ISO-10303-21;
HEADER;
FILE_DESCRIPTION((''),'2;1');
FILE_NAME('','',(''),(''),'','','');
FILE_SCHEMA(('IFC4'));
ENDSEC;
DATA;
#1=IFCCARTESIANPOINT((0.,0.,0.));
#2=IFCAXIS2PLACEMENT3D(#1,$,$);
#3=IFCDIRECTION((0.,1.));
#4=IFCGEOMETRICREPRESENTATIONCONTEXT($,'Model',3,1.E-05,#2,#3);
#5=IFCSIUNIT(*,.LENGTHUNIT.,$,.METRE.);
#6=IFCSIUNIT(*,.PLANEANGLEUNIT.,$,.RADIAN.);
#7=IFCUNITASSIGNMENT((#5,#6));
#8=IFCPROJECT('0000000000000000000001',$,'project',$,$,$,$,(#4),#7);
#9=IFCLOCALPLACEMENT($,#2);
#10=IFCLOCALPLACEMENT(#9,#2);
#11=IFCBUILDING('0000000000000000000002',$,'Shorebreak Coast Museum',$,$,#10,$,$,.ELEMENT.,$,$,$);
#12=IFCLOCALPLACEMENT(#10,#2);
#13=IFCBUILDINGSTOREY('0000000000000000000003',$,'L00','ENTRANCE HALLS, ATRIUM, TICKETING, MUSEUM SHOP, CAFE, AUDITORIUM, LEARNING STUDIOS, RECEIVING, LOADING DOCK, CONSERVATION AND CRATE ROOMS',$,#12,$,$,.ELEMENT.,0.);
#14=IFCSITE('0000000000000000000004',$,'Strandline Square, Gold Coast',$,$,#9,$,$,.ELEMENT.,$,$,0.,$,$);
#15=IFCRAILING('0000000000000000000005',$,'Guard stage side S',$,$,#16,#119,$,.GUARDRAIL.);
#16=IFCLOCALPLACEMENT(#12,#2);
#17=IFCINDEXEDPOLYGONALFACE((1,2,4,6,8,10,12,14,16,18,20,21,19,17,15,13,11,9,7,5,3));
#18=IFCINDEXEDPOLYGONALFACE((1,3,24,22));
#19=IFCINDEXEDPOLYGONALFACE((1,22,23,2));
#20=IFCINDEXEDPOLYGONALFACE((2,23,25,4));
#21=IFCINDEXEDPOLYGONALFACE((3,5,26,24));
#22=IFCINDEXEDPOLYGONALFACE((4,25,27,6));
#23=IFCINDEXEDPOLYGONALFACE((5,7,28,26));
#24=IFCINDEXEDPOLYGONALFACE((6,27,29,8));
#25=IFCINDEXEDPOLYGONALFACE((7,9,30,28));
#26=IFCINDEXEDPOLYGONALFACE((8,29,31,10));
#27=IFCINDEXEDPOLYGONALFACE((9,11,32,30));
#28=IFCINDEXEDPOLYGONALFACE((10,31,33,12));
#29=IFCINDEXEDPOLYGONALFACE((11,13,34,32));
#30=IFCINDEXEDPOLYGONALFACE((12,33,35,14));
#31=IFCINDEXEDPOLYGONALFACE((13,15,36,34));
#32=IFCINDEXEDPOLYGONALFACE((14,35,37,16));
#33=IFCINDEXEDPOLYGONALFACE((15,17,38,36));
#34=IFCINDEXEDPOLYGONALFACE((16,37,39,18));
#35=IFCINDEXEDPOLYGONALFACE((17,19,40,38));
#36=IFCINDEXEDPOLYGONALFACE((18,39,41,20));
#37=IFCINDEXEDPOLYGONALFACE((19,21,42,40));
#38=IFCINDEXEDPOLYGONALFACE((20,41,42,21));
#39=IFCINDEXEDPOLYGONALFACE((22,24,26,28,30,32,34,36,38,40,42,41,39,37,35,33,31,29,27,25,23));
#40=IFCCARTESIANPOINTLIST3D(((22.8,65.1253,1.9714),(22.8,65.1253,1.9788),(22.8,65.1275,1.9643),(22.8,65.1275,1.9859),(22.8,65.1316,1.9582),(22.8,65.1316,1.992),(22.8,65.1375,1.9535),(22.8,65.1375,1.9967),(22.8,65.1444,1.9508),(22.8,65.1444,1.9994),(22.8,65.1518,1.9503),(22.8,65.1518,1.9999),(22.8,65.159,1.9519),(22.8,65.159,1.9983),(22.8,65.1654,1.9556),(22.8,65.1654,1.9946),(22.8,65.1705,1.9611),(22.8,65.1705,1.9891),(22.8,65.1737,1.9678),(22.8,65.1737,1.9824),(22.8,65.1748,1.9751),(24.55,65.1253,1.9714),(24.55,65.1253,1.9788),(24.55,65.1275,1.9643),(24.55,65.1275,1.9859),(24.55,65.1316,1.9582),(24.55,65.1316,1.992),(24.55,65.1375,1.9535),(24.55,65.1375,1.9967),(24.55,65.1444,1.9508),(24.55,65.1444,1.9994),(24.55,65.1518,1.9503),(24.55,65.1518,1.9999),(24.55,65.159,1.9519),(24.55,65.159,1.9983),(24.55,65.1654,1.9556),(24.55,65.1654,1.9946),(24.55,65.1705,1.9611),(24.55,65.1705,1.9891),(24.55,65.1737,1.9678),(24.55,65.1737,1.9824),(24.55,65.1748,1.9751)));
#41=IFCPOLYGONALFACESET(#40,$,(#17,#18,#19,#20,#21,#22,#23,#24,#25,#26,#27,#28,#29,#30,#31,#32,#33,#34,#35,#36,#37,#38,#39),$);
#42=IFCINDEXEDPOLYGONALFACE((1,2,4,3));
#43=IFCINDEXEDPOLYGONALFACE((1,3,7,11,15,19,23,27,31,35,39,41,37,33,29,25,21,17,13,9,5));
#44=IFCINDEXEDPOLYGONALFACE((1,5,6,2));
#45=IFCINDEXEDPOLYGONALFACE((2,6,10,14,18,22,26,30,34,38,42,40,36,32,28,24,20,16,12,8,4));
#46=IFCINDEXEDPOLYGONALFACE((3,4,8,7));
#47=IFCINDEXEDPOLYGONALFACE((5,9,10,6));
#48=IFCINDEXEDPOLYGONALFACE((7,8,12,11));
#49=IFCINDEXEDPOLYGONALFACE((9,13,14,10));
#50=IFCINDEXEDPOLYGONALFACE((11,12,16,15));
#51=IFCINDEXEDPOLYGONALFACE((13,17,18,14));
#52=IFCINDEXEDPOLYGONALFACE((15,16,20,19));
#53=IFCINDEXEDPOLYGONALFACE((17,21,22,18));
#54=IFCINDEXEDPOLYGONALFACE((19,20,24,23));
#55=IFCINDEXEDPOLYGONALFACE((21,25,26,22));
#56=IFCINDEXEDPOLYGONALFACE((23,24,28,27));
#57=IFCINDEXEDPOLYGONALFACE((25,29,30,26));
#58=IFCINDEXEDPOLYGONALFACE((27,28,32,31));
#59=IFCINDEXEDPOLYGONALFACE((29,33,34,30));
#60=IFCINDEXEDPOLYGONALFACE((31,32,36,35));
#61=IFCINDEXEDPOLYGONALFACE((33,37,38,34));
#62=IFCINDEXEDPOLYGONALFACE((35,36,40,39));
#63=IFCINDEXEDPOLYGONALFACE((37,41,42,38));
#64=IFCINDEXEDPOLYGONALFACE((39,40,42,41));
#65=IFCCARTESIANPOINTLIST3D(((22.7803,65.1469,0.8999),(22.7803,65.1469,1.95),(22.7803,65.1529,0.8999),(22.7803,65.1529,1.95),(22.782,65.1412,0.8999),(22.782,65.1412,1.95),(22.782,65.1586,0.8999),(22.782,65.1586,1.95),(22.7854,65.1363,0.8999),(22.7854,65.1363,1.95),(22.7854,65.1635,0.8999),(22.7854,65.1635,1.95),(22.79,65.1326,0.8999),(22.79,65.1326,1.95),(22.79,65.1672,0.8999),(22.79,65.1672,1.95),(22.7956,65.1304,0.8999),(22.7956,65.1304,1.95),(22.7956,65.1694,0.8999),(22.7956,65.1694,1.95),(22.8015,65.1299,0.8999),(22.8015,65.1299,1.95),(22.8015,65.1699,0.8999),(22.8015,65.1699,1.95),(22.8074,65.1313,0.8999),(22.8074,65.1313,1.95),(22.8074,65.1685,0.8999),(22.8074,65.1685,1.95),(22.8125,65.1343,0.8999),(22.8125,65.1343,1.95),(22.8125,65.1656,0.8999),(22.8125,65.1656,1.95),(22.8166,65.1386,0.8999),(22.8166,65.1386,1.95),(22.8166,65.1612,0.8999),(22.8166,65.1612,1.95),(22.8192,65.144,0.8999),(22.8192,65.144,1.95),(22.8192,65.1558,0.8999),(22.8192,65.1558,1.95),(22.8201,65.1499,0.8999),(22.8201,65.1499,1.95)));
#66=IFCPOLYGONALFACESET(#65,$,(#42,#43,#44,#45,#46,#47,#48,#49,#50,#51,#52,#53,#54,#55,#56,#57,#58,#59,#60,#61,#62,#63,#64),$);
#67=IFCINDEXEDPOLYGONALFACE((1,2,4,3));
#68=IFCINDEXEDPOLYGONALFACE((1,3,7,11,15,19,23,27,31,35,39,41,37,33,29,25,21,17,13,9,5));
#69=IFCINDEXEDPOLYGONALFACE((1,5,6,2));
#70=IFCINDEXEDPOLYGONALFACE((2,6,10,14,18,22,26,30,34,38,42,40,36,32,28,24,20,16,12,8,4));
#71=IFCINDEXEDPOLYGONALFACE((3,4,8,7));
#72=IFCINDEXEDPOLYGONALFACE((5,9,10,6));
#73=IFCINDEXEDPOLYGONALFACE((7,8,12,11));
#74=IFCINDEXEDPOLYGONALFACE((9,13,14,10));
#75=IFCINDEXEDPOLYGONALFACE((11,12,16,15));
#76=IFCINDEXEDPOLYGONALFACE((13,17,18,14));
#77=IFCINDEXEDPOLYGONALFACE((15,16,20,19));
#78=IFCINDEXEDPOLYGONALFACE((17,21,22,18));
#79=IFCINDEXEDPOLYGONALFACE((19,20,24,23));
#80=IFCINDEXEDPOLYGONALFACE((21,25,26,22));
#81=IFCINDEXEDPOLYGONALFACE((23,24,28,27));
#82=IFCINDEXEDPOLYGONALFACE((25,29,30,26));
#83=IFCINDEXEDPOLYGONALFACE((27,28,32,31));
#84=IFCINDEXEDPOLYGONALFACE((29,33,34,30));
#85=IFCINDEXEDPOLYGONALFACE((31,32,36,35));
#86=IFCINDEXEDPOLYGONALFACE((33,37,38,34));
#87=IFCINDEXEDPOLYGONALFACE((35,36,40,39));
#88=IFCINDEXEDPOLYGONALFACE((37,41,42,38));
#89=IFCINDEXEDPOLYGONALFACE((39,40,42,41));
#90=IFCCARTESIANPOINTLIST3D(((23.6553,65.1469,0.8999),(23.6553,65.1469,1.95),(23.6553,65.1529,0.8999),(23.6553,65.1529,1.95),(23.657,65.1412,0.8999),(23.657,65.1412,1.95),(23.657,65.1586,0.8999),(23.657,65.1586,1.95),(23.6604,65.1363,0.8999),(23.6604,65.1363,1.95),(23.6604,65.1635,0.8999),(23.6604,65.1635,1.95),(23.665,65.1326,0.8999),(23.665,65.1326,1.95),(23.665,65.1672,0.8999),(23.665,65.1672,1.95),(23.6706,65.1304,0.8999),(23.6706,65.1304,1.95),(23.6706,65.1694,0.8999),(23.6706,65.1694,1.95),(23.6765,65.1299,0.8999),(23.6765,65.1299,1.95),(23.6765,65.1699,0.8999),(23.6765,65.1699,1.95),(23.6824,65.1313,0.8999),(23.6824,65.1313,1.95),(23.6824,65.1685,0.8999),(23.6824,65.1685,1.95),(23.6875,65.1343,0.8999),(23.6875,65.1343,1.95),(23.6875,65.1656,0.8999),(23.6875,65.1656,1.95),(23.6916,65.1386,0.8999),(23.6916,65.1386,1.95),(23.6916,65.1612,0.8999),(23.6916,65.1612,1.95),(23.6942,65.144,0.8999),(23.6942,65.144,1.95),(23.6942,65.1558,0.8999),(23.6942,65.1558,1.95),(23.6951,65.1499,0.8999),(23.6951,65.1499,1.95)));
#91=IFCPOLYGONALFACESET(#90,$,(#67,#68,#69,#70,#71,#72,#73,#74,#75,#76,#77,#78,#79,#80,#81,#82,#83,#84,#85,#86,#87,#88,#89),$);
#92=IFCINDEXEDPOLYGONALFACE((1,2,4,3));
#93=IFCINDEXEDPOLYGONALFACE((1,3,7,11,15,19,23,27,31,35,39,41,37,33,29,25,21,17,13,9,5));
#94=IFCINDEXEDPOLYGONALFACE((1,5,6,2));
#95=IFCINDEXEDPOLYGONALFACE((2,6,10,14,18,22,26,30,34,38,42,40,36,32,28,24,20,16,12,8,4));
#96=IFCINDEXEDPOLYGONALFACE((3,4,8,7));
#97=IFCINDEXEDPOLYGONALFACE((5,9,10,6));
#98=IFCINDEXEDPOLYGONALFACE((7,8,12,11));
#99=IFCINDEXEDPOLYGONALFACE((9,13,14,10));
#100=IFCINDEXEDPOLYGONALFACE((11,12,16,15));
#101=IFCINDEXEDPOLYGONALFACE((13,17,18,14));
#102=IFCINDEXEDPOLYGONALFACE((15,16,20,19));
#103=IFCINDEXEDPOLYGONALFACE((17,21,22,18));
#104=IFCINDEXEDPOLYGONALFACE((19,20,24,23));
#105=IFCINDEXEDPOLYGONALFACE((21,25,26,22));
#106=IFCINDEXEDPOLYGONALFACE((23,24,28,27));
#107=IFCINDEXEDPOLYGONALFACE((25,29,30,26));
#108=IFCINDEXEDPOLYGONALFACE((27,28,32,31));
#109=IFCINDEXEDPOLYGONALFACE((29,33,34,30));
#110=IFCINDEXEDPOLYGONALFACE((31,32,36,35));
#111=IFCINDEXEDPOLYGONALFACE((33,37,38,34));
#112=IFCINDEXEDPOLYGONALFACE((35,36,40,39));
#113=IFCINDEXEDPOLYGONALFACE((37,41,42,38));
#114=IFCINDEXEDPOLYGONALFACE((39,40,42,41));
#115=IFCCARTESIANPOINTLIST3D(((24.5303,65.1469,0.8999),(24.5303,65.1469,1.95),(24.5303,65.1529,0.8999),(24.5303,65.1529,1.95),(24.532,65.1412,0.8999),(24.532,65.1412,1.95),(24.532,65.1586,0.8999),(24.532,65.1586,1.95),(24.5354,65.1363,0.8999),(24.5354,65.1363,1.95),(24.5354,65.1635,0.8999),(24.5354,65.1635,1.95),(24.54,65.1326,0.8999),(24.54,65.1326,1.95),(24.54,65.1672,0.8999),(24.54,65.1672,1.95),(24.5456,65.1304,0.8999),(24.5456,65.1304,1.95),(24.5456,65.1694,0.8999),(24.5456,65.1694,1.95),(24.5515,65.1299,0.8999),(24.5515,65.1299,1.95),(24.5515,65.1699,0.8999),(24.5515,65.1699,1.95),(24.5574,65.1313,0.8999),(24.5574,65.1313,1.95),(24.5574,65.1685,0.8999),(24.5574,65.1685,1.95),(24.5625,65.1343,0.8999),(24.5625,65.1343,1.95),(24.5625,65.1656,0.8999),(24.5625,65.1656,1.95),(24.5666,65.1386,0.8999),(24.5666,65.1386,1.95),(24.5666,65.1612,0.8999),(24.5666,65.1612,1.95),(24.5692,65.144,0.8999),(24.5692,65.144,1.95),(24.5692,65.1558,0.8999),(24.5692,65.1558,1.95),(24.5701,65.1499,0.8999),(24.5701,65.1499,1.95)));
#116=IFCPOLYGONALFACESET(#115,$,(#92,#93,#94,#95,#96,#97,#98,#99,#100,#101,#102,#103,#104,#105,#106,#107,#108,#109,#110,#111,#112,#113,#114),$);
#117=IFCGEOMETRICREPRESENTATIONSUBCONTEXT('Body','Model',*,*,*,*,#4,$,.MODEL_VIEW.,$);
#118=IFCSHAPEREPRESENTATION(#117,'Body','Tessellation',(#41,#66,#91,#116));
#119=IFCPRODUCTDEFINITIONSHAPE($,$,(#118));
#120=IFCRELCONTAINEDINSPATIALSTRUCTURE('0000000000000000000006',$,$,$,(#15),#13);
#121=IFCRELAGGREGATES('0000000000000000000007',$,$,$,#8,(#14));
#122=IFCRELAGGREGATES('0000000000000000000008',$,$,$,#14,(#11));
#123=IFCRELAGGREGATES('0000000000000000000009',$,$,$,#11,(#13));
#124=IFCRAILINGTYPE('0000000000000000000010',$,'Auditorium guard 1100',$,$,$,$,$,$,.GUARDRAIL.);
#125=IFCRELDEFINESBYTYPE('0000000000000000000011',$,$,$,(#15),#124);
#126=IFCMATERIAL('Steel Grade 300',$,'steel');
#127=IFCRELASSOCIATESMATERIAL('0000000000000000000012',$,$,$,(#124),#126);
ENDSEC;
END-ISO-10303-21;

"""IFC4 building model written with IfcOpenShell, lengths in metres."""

from ifc_helpers import new_model, si_unit, direction, frame, origin, origin_2d, place, context, subcontext, project, spatial, circle, extrude, material, type_object, element, save


model = new_model("IFC4")

# Units and contexts
model_context = context("Model", 3, precision=1e-05, world=origin(), true_north=direction((0.0, 1.0)))
body_context = subcontext(model_context, "Body", "Model", "MODEL_VIEW")
ifc_project = project(units=[si_unit("LENGTHUNIT", "METRE"), si_unit("PLANEANGLEUNIT", "RADIAN")], contexts=[model_context])

# Site, building, storey
site_placement = place(None, origin())
site = spatial("IfcSite", under=ifc_project, at=site_placement, Name="Strandline Square, Gold Coast", CompositionType="ELEMENT", RefElevation=0.0)
building_placement = place(site_placement, origin())
building = spatial("IfcBuilding", under=site, at=building_placement, Name="Shorebreak Coast Museum", CompositionType="ELEMENT")
storey_placement = place(building_placement, origin())
storey = spatial("IfcBuildingStorey", under=building, at=storey_placement, Name="L00", Description="ENTRANCE HALLS, ATRIUM, TICKETING, MUSEUM SHOP, CAFE, AUDITORIUM, LEARNING STUDIOS, RECEIVING, LOADING DOCK, CONSERVATION AND CRATE ROOMS", CompositionType="ELEMENT", Elevation=0.0)

# Railing
ifc_material_1 = material(Name="Steel Grade 300", Category="steel")
railing_type_1 = type_object("IfcRailingType", Name="Auditorium guard 1100", PredefinedType="GUARDRAIL", material=ifc_material_1)
railing_1_placement = place(storey_placement, frame((22.8, 65.1499, 0.8999)))
element("IfcRailing", 1, at=railing_1_placement, inside=storey, type_object=railing_type_1, Name="Guard stage side S", PredefinedType="GUARDRAIL", context=body_context, shape_type="SweptSolid", body=[
    extrude(circle(Radius=0.0249, at=origin_2d()), frame((0.0, 0.0, 1.0752), z_axis=(1.0, 0.0, 0.0), x_axis=(0.0, 1.0, 0.0)), (0.0, 0.0, 1.0), 1.75),
    extrude(circle(Radius=0.02, at=origin_2d()), origin(), (0.0, 0.0, 1.0), 1.05),
    extrude(circle(Radius=0.02, at=origin_2d()), frame((0.875, 0.0, 0.0)), (0.0, 0.0, 1.0), 1.05),
    extrude(circle(Radius=0.02, at=origin_2d()), frame((1.75, 0.0, 0.0)), (0.0, 0.0, 1.0), 1.05),
])

save(model, "model.ifc")
